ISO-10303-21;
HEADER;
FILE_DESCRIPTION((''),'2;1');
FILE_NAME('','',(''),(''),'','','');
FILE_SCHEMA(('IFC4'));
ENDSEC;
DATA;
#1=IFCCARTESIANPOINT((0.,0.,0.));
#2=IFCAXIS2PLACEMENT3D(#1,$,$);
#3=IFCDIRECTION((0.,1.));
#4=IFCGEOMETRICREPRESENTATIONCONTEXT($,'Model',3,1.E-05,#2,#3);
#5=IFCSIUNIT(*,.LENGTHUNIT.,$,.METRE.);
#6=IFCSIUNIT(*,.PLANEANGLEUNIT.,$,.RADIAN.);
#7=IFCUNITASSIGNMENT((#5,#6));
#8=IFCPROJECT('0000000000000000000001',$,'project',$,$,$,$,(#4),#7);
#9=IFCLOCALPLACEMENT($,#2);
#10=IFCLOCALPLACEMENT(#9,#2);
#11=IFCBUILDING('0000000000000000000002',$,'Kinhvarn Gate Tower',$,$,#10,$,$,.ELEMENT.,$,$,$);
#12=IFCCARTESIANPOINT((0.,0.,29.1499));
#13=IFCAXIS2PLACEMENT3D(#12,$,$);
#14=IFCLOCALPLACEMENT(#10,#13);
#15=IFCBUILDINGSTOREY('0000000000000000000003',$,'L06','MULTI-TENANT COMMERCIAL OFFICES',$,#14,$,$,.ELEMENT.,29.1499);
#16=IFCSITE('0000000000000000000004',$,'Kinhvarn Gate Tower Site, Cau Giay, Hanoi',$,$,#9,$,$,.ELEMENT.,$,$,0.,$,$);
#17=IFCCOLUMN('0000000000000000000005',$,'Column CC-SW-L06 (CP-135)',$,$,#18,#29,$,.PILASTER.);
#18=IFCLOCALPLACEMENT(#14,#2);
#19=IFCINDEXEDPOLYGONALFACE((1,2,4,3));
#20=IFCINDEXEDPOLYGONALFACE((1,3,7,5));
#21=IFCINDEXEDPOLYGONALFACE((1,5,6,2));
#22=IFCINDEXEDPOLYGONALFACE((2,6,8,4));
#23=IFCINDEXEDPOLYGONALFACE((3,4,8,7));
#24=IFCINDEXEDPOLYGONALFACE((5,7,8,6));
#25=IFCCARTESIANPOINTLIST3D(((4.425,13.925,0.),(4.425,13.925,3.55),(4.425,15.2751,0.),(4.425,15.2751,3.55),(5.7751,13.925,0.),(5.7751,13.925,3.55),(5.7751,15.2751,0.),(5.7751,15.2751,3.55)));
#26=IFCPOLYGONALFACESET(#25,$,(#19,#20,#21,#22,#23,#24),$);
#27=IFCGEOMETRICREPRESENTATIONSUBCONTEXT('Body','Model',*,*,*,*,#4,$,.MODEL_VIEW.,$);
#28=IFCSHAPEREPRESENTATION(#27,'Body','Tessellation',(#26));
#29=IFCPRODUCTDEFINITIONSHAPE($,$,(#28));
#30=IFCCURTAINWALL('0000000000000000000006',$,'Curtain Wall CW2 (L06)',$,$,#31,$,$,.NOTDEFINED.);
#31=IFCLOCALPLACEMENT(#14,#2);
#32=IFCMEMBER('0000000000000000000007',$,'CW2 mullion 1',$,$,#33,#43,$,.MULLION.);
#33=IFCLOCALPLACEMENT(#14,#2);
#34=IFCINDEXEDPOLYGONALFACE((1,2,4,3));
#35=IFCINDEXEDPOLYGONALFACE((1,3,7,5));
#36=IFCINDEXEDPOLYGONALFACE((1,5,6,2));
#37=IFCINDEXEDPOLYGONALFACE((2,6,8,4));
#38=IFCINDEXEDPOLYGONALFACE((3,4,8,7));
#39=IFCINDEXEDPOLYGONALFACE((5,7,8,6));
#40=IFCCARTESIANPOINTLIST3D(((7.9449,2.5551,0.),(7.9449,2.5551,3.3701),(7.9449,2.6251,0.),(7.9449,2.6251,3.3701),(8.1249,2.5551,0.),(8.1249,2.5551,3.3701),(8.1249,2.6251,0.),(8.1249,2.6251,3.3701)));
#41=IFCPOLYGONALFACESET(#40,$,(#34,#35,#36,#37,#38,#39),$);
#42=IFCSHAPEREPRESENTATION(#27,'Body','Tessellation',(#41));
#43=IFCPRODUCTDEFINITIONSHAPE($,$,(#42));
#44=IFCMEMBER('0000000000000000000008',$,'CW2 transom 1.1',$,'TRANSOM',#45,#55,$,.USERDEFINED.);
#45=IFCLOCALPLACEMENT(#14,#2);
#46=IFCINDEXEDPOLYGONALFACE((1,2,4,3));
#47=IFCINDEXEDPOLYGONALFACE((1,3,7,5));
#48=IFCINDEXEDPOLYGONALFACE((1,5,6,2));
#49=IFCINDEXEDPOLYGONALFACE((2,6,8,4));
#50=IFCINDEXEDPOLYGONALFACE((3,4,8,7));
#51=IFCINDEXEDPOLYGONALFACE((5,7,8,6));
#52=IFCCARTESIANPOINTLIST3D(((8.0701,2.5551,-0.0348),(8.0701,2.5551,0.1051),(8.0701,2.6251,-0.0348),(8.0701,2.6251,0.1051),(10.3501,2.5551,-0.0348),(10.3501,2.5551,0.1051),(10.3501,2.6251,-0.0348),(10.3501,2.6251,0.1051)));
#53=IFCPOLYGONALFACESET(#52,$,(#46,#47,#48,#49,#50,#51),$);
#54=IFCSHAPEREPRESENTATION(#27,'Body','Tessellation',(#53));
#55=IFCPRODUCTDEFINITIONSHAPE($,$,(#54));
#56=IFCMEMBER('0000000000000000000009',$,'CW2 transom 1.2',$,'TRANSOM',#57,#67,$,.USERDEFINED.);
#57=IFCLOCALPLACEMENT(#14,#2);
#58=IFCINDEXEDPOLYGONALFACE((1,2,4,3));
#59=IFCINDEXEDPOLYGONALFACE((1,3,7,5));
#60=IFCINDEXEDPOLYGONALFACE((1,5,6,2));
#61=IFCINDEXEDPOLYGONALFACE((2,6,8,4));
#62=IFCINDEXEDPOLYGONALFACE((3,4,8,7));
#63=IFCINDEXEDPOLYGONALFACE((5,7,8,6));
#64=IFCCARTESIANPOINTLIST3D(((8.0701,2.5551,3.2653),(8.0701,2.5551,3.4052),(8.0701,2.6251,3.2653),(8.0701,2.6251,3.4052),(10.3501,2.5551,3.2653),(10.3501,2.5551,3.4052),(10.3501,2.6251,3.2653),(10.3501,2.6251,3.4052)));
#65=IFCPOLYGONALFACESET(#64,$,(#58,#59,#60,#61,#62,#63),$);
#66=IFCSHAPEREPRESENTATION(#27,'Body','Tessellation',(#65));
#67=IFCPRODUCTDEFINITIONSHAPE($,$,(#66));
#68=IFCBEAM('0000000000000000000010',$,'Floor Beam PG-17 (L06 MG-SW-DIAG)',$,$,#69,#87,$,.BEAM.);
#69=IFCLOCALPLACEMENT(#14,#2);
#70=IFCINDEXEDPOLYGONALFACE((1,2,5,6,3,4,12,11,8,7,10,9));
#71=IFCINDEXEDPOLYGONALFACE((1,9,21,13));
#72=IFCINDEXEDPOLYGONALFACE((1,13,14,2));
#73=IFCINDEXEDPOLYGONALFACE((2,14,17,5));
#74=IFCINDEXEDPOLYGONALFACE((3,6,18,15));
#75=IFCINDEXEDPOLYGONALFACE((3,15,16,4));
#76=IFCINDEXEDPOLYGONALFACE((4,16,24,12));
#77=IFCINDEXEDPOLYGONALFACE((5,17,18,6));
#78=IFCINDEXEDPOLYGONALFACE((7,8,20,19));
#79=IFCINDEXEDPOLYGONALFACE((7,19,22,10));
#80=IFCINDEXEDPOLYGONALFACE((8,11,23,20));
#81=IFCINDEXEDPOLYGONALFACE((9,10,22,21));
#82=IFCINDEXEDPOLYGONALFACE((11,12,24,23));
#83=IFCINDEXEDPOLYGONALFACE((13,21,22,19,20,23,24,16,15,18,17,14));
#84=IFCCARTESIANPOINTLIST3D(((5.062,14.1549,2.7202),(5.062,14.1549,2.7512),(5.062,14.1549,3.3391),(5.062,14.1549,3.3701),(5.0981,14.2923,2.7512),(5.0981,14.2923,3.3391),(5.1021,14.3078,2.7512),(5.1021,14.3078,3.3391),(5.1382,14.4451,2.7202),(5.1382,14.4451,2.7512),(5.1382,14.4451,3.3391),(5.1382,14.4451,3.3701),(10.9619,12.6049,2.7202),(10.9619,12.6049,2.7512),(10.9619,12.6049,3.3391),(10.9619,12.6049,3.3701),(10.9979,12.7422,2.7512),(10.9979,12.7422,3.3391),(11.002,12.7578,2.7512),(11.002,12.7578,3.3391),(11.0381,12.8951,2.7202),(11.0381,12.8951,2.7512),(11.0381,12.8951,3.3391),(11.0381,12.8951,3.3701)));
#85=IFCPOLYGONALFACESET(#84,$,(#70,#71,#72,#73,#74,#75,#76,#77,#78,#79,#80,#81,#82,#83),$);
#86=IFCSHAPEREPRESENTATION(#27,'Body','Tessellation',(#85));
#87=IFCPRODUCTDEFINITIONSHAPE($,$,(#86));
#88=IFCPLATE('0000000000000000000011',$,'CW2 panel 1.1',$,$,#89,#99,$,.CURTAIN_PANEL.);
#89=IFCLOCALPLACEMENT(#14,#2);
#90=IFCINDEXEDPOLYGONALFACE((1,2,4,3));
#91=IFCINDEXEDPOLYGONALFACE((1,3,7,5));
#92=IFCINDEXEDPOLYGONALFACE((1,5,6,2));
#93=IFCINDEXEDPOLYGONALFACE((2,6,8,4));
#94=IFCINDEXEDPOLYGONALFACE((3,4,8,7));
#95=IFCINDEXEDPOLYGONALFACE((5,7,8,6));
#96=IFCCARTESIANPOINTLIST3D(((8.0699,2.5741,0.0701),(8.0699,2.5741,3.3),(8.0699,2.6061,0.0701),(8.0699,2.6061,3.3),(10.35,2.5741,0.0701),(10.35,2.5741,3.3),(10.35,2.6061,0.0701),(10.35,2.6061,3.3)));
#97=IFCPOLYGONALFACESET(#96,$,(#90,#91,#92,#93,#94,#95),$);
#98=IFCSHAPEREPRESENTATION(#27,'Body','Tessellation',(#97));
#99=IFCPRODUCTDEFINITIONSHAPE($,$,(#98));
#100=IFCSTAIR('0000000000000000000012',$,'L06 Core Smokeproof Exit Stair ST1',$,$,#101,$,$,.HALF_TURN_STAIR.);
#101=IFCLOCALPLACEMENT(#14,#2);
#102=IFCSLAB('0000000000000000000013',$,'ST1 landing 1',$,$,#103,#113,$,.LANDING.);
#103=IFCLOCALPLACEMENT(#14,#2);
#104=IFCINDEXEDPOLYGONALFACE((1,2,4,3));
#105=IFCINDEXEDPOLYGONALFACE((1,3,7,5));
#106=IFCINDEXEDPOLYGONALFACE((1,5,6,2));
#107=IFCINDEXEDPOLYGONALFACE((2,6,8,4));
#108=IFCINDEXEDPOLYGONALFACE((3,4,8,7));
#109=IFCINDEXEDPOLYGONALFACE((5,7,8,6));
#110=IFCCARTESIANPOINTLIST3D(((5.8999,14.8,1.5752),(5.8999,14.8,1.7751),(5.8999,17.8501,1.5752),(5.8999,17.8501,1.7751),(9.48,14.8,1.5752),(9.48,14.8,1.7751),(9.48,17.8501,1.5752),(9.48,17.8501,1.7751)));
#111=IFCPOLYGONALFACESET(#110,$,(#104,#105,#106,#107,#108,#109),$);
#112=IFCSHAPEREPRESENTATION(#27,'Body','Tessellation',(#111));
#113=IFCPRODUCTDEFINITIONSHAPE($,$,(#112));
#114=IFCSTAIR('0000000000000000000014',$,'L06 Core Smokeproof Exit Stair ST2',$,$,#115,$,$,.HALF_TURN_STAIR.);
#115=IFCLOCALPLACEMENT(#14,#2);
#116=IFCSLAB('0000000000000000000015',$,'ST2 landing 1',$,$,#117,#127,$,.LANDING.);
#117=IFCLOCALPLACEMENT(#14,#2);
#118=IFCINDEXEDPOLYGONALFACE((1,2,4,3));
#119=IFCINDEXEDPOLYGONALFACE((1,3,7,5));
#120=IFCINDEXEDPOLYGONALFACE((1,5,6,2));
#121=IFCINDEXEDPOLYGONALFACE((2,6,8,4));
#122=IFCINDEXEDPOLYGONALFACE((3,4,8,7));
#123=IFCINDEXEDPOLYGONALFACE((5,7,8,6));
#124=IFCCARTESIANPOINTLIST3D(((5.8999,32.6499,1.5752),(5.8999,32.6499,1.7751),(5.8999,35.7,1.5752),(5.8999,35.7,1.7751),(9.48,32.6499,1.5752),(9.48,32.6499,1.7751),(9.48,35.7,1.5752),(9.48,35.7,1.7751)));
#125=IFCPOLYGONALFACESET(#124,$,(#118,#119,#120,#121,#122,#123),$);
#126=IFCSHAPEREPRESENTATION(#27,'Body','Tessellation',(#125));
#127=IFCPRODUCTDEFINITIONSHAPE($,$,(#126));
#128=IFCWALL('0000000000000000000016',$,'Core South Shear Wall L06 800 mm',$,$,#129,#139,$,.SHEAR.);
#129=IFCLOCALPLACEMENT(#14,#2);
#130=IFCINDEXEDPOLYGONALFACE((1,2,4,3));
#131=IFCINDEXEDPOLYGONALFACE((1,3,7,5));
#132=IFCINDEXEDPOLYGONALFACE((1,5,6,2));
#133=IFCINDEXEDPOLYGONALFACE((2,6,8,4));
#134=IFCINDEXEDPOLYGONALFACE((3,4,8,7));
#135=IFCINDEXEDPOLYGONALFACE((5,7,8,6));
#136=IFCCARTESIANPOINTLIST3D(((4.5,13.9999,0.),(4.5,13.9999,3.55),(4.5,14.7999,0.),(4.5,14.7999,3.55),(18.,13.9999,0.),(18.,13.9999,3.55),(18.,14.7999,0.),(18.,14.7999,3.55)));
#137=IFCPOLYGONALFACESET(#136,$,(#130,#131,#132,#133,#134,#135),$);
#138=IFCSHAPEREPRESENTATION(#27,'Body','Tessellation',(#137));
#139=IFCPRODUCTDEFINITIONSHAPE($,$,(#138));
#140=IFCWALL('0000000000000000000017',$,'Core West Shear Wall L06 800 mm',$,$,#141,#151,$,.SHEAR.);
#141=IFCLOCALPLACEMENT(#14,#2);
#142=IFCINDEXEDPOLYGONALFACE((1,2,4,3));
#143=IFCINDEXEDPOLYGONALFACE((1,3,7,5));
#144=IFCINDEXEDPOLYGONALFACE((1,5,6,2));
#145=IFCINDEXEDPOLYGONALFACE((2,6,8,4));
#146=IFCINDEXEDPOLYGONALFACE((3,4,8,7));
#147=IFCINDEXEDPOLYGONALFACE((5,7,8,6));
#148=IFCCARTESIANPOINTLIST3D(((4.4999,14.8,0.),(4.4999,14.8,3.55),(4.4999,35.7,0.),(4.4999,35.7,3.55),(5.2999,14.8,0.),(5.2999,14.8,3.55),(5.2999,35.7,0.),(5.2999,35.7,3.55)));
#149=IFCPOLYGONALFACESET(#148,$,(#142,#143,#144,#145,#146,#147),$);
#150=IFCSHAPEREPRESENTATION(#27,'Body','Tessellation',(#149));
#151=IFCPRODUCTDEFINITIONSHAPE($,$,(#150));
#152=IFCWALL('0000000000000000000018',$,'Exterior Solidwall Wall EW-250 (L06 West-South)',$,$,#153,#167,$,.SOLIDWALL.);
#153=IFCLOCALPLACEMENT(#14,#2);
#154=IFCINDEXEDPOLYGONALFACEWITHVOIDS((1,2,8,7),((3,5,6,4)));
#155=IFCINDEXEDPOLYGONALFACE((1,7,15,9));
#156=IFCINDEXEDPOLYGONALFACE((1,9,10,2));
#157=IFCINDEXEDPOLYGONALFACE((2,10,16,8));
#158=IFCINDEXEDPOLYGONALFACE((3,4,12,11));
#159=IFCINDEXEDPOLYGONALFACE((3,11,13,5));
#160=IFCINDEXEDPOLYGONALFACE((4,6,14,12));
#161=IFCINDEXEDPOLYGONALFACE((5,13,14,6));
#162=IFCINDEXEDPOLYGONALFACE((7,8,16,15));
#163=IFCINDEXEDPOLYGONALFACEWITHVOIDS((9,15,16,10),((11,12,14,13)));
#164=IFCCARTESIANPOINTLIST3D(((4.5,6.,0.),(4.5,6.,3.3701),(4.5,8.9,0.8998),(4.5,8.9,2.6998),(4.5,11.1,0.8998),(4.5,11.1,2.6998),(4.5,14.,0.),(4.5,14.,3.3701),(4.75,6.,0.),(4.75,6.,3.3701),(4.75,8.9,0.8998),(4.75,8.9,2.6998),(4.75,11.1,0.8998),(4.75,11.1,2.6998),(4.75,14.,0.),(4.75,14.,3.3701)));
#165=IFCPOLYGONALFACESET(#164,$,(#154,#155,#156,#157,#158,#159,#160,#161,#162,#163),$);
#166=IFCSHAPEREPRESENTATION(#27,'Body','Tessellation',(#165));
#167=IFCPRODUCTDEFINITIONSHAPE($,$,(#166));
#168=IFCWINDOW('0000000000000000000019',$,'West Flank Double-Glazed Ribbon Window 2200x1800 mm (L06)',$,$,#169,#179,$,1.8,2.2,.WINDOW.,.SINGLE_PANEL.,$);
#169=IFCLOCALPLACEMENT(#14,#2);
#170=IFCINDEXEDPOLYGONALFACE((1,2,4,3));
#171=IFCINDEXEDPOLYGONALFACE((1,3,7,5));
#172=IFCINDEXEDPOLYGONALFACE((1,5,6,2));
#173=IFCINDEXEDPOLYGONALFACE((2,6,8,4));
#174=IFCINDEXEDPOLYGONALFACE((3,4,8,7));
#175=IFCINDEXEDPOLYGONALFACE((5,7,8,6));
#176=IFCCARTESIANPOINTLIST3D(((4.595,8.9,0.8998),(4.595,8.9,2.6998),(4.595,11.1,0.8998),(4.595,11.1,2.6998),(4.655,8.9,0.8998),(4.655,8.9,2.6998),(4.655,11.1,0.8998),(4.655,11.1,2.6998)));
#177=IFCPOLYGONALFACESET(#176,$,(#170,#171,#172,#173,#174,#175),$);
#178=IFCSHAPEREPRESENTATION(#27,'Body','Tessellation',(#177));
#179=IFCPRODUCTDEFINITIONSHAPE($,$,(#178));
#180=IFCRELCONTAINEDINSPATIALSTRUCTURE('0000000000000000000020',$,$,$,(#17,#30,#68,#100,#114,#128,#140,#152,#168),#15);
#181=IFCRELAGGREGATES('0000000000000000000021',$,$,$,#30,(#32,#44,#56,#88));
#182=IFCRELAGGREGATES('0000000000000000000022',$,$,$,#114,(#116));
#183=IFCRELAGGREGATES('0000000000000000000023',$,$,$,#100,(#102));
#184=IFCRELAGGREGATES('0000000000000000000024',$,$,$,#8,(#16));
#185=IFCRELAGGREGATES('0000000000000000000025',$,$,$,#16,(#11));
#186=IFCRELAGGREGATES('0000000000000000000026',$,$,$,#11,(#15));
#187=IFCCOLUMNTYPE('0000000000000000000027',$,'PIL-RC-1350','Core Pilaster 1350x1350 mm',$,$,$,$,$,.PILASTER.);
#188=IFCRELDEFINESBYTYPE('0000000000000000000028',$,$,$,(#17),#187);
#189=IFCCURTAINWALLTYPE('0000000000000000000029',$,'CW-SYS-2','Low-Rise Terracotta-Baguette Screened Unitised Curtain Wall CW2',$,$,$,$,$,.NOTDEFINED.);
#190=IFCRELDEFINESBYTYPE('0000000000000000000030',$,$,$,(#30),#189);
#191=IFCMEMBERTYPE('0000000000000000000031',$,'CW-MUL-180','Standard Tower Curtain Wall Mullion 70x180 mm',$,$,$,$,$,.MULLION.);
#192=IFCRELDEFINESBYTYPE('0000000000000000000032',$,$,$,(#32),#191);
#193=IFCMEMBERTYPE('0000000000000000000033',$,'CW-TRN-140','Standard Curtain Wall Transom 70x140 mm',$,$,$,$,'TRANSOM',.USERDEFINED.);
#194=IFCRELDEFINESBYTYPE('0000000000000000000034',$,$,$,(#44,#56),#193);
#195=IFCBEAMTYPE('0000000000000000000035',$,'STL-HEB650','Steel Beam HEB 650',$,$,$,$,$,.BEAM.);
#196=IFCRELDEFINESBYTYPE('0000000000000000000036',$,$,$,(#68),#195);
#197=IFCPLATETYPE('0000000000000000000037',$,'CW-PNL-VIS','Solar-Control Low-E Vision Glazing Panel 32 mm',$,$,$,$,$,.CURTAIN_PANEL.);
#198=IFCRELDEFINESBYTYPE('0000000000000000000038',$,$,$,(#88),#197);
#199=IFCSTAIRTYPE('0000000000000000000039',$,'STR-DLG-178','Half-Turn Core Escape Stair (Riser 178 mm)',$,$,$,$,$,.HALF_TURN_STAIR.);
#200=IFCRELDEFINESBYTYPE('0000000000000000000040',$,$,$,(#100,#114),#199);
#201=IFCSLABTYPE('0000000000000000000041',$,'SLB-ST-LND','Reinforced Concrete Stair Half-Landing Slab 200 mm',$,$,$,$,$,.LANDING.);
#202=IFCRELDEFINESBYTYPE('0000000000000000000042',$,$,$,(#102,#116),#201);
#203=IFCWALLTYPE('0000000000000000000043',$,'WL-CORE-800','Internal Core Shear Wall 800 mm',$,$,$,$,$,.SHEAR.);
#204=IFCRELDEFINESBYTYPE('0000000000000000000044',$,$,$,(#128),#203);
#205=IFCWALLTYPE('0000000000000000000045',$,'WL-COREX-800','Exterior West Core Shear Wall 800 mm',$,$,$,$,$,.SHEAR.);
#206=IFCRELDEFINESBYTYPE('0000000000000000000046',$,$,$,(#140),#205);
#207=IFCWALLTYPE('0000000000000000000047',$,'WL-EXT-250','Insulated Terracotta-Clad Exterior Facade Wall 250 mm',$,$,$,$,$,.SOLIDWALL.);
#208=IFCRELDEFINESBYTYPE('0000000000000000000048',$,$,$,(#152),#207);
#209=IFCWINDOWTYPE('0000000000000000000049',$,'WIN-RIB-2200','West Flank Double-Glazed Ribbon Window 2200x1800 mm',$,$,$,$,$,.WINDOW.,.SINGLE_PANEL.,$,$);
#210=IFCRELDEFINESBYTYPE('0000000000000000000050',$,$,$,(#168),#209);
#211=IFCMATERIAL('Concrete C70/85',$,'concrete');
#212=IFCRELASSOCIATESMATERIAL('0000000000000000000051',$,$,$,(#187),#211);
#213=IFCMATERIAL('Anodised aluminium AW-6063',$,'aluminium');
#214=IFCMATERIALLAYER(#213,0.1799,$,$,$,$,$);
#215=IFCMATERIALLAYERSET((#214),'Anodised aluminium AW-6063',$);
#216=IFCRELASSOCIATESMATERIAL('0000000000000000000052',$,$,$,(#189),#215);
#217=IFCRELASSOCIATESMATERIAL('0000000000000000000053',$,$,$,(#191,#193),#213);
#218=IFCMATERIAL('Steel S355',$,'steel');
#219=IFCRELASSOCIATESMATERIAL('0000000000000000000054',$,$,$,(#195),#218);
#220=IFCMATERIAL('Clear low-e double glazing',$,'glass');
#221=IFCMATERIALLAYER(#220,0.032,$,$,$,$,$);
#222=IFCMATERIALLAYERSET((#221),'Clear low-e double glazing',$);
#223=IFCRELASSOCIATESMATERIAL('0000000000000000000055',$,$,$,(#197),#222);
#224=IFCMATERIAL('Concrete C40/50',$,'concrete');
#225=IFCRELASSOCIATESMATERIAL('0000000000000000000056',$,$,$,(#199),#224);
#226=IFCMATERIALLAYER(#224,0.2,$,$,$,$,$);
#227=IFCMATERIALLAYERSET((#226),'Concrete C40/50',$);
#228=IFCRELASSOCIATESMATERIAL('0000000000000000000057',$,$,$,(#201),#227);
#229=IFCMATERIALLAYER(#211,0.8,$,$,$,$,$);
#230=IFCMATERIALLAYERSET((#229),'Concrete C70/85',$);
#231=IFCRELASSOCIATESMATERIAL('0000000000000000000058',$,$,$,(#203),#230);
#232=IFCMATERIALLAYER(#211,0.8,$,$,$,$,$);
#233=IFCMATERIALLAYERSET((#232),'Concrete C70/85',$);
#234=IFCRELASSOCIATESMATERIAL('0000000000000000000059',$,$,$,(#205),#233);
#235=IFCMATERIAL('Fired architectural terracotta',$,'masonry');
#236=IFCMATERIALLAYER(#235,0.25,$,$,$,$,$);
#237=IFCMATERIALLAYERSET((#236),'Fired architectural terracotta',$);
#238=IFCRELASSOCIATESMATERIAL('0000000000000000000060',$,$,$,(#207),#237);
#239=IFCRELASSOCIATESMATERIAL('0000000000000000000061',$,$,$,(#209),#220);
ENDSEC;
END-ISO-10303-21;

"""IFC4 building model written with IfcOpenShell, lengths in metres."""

from ifc_helpers import new_model, si_unit, direction, frame, frame_2d, origin, origin_2d, place, context, subcontext, project, spatial, polyline, rectangle, i_section, outline, extrude, material, layer, layer_set, material_profile, profile_set, type_object, element, fill, aggregate, save


model = new_model("IFC4")

# Units and contexts
model_context = context("Model", 3, precision=1e-05, world=origin(), true_north=direction((0.0, 1.0)))
body_context = subcontext(model_context, "Body", "Model", "MODEL_VIEW")
ifc_project = project(units=[si_unit("LENGTHUNIT", "METRE"), si_unit("PLANEANGLEUNIT", "RADIAN")], contexts=[model_context])

# Site, building, storey
site_placement = place(None, origin())
site = spatial("IfcSite", under=ifc_project, at=site_placement, Name="Kinhvarn Gate Tower Site, Cau Giay, Hanoi", CompositionType="ELEMENT", RefElevation=0.0)
building_placement = place(site_placement, origin())
building = spatial("IfcBuilding", under=site, at=building_placement, Name="Kinhvarn Gate Tower", CompositionType="ELEMENT")
storey_placement = place(building_placement, frame((0.0, 0.0, 29.1499)))
storey = spatial("IfcBuildingStorey", under=building, at=storey_placement, Name="L06", Description="MULTI-TENANT COMMERCIAL OFFICES", CompositionType="ELEMENT", Elevation=29.1499)

# Column
ifc_material_1 = material(Name="Concrete C70/85", Category="concrete")
ifc_material_profile_1 = material_profile(ifc_material_1, rectangle(XDim=1.3501, YDim=1.3501, at=origin_2d()), Name="RC 1350x1350")
ifc_profile_set_1 = profile_set([ifc_material_profile_1], Name="Concrete C70/85")
column_type = type_object("IfcColumnType", Name="PIL-RC-1350", Description="Core Pilaster 1350x1350 mm", PredefinedType="PILASTER", material=ifc_profile_set_1)
column_placement = place(storey_placement, frame((5.1001, 14.6001, 0.0), z_axis=(0.0, 0.0, 1.0), x_axis=(1.0, 0.0, 0.0)))
element("IfcColumn", 1, at=column_placement, inside=storey, type_object=column_type, Name="Column CC-SW-L06 (CP-135)", PredefinedType="PILASTER", context=body_context, shape_type="SweptSolid", body=[
    extrude(rectangle(XDim=1.3501, YDim=1.3501, at=origin_2d()), origin(), (0.0, 0.0, 1.0), 3.55),
])

# Curtain wall, members
ifc_material_2 = material(Name="Anodised aluminium AW-6063", Category="aluminium")
ifc_layer_1 = layer(ifc_material_2, 0.1799)
ifc_layer_set_1 = layer_set([ifc_layer_1], Name="Anodised aluminium AW-6063")
curtain_wall_type = type_object("IfcCurtainWallType", Name="CW-SYS-2", Description="Low-Rise Terracotta-Baguette Screened Unitised Curtain Wall CW2", PredefinedType="NOTDEFINED", material=ifc_layer_set_1)
curtain_wall_placement = place(storey_placement, origin())
curtain_wall = element("IfcCurtainWall", 2, at=curtain_wall_placement, inside=storey, type_object=curtain_wall_type, Name="Curtain Wall CW2 (L06)", PredefinedType="NOTDEFINED")
ifc_material_profile_2 = material_profile(ifc_material_2, rectangle(XDim=0.0701, YDim=0.1799, at=origin_2d()), Name="ALU 70x180")
ifc_profile_set_2 = profile_set([ifc_material_profile_2], Name="Anodised aluminium AW-6063")
member_type_1 = type_object("IfcMemberType", Name="CW-MUL-180", Description="Standard Tower Curtain Wall Mullion 70x180 mm", PredefinedType="MULLION", material=ifc_profile_set_2)
member_1_placement = place(storey_placement, frame((8.0349, 2.5901, 0.0), z_axis=(0.0, 0.0, 1.0), x_axis=(0.0, 1.0, 0.0)))
member_1 = element("IfcMember", 3, at=member_1_placement, type_object=member_type_1, Name="CW2 mullion 1", PredefinedType="MULLION", context=body_context, shape_type="SweptSolid", body=[
    extrude(rectangle(XDim=0.0701, YDim=0.1799, at=origin_2d()), origin(), (0.0, 0.0, 1.0), 3.3701),
])
ifc_material_profile_3 = material_profile(ifc_material_2, rectangle(XDim=0.0701, YDim=0.1399, at=origin_2d()), Name="ALU 70x140")
ifc_profile_set_3 = profile_set([ifc_material_profile_3], Name="Anodised aluminium AW-6063")
member_type_2 = type_object("IfcMemberType", Name="CW-TRN-140", Description="Standard Curtain Wall Transom 70x140 mm", ElementType="TRANSOM", PredefinedType="USERDEFINED", material=ifc_profile_set_3)
member_2_placement = place(storey_placement, frame((8.0701, 2.5901, 0.0352), z_axis=(1.0, 0.0, 0.0), x_axis=(0.0, 1.0, 0.0)))
member_2 = element("IfcMember", 4, at=member_2_placement, type_object=member_type_2, Name="CW2 transom 1.1", ObjectType="TRANSOM", PredefinedType="USERDEFINED", context=body_context, shape_type="SweptSolid", body=[
    extrude(rectangle(XDim=0.0701, YDim=0.1399, at=origin_2d()), origin(), (0.0, 0.0, 1.0), 2.28),
])
member_3_placement = place(storey_placement, frame((8.0701, 2.5901, 3.3352), z_axis=(1.0, 0.0, 0.0), x_axis=(0.0, 1.0, 0.0)))
member_3 = element("IfcMember", 5, at=member_3_placement, type_object=member_type_2, Name="CW2 transom 1.2", ObjectType="TRANSOM", PredefinedType="USERDEFINED", context=body_context, shape_type="SweptSolid", body=[
    extrude(rectangle(XDim=0.0701, YDim=0.1399, at=origin_2d()), origin(), (0.0, 0.0, 1.0), 2.28),
])

# Beam
ifc_material_3 = material(Name="Steel S355", Category="steel")
ifc_material_profile_4 = material_profile(ifc_material_3, i_section(OverallWidth=0.3, OverallDepth=0.6499, WebThickness=0.0161, FlangeThickness=0.031, at=origin_2d()), Name="HEB 650")
ifc_profile_set_4 = profile_set([ifc_material_profile_4], Name="Steel S355")
beam_type = type_object("IfcBeamType", Name="STL-HEB650", Description="Steel Beam HEB 650", PredefinedType="BEAM", material=ifc_profile_set_4)
beam_placement = place(storey_placement, frame((5.1001, 14.3, 3.0452), z_axis=(0.967178, -0.254101, 0.0), x_axis=(0.254101, 0.967178, 0.0)))
element("IfcBeam", 6, at=beam_placement, inside=storey, type_object=beam_type, Name="Floor Beam PG-17 (L06 MG-SW-DIAG)", PredefinedType="BEAM", context=body_context, shape_type="SweptSolid", body=[
    extrude(i_section(OverallWidth=0.3, OverallDepth=0.6499, WebThickness=0.0161, FlangeThickness=0.031, at=origin_2d()), origin(), (0.0, 0.0, 1.0), 6.1001),
])

# Plate
ifc_material_4 = material(Name="Clear low-e double glazing", Category="glass")
ifc_layer_2 = layer(ifc_material_4, 0.032)
ifc_layer_set_2 = layer_set([ifc_layer_2], Name="Clear low-e double glazing")
plate_type = type_object("IfcPlateType", Name="CW-PNL-VIS", Description="Solar-Control Low-E Vision Glazing Panel 32 mm", PredefinedType="CURTAIN_PANEL", material=ifc_layer_set_2)
plate_placement = place(storey_placement, frame((9.21, 2.5901, 0.0701), z_axis=(0.0, 0.0, 1.0), x_axis=(1.0, 0.0, 0.0)))
plate = element("IfcPlate", 7, at=plate_placement, type_object=plate_type, Name="CW2 panel 1.1", PredefinedType="CURTAIN_PANEL", context=body_context, shape_type="SweptSolid", body=[
    extrude(rectangle(XDim=2.28, YDim=0.032, at=origin_2d()), origin(), (0.0, 0.0, 1.0), 3.23),
])
aggregate(curtain_wall, [member_1, member_2, member_3, plate])

# Stairs, slabs
ifc_material_5 = material(Name="Concrete C40/50", Category="concrete")
stair_type = type_object("IfcStairType", Name="STR-DLG-178", Description="Half-Turn Core Escape Stair (Riser 178 mm)", PredefinedType="HALF_TURN_STAIR", material=ifc_material_5)
stair_1_placement = place(storey_placement, origin())
stair_1 = element("IfcStair", 8, at=stair_1_placement, inside=storey, type_object=stair_type, Name="L06 Core Smokeproof Exit Stair ST1", PredefinedType="HALF_TURN_STAIR")
ifc_layer_3 = layer(ifc_material_5, 0.2)
ifc_layer_set_3 = layer_set([ifc_layer_3], Name="Concrete C40/50")
slab_type = type_object("IfcSlabType", Name="SLB-ST-LND", Description="Reinforced Concrete Stair Half-Landing Slab 200 mm", PredefinedType="LANDING", material=ifc_layer_set_3)
slab_1_placement = place(storey_placement, frame((0.0, 0.0, 1.5752)))
slab_1 = element("IfcSlab", 9, at=slab_1_placement, type_object=slab_type, Name="ST1 landing 1", PredefinedType="LANDING", context=body_context, shape_type="SweptSolid", body=[
    extrude(outline(polyline([(9.48, 17.8501), (5.8999, 17.8501), (5.8999, 14.8), (9.48, 14.8), (9.48, 17.8501)])), origin(), (0.0, 0.0, 1.0), 0.2),
])
stair_2_placement = place(storey_placement, origin())
stair_2 = element("IfcStair", 10, at=stair_2_placement, inside=storey, type_object=stair_type, Name="L06 Core Smokeproof Exit Stair ST2", PredefinedType="HALF_TURN_STAIR")
slab_2_placement = place(storey_placement, frame((0.0, 0.0, 1.5752)))
slab_2 = element("IfcSlab", 11, at=slab_2_placement, type_object=slab_type, Name="ST2 landing 1", PredefinedType="LANDING", context=body_context, shape_type="SweptSolid", body=[
    extrude(outline(polyline([(9.48, 35.7), (5.8999, 35.7), (5.8999, 32.6499), (9.48, 32.6499), (9.48, 35.7)])), origin(), (0.0, 0.0, 1.0), 0.2),
])
aggregate(stair_2, [slab_2])

# Walls
ifc_layer_4 = layer(ifc_material_1, 0.8)
ifc_layer_set_4 = layer_set([ifc_layer_4], Name="Concrete C70/85")
wall_type_1 = type_object("IfcWallType", Name="WL-CORE-800", Description="Internal Core Shear Wall 800 mm", PredefinedType="SHEAR", material=ifc_layer_set_4)
wall_1_placement = place(storey_placement, frame((4.5, 14.3999, 0.0), z_axis=(0.0, 0.0, 1.0), x_axis=(1.0, 0.0, 0.0)))
element("IfcWall", 12, at=wall_1_placement, inside=storey, type_object=wall_type_1, Name="Core South Shear Wall L06 800 mm", PredefinedType="SHEAR", context=body_context, shape_type="SweptSolid", body=[
    extrude(rectangle(XDim=13.5, YDim=0.8, at=frame_2d((6.75, 0.0))), origin(), (0.0, 0.0, 1.0), 3.55),
])
ifc_layer_5 = layer(ifc_material_1, 0.8)
ifc_layer_set_5 = layer_set([ifc_layer_5], Name="Concrete C70/85")
wall_type_2 = type_object("IfcWallType", Name="WL-COREX-800", Description="Exterior West Core Shear Wall 800 mm", PredefinedType="SHEAR", material=ifc_layer_set_5)
wall_2_placement = place(storey_placement, frame((4.8999, 14.8, 0.0), z_axis=(0.0, 0.0, 1.0), x_axis=(0.0, 1.0, 0.0)))
element("IfcWall", 13, at=wall_2_placement, inside=storey, type_object=wall_type_2, Name="Core West Shear Wall L06 800 mm", PredefinedType="SHEAR", context=body_context, shape_type="SweptSolid", body=[
    extrude(rectangle(XDim=20.8999, YDim=0.8, at=frame_2d((10.45, 0.0))), origin(), (0.0, 0.0, 1.0), 3.55),
])

# Wall, opening, window
ifc_material_6 = material(Name="Fired architectural terracotta", Category="masonry")
ifc_layer_6 = layer(ifc_material_6, 0.25)
ifc_layer_set_6 = layer_set([ifc_layer_6], Name="Fired architectural terracotta")
wall_type_3 = type_object("IfcWallType", Name="WL-EXT-250", Description="Insulated Terracotta-Clad Exterior Facade Wall 250 mm", PredefinedType="SOLIDWALL", material=ifc_layer_set_6)
wall_3_placement = place(storey_placement, frame((4.625, 14.0, 0.0), z_axis=(0.0, 0.0, 1.0), x_axis=(0.0, -1.0, 0.0)))
wall_3 = element("IfcWall", 14, at=wall_3_placement, inside=storey, type_object=wall_type_3, Name="Exterior Solidwall Wall EW-250 (L06 West-South)", PredefinedType="SOLIDWALL", context=body_context, shape_type="SweptSolid", body=[
    extrude(rectangle(XDim=8.0, YDim=0.25, at=frame_2d((4.0, 0.0))), origin(), (0.0, 0.0, 1.0), 3.3701),
])
opening_1_placement = place(wall_3_placement, frame((2.8999, 0.0, 0.8999)))
opening_1 = element("IfcOpeningElement", 15, at=opening_1_placement, cuts=wall_3, PredefinedType="OPENING", context=body_context, shape_type="SweptSolid", body=[
    extrude(rectangle(XDim=2.2, YDim=1.8, at=frame_2d((1.1001, 0.8999))), frame((0.0, 0.135, 0.0), z_axis=(0.0, -1.0, 0.0), x_axis=(1.0, 0.0, 0.0)), (0.0, 0.0, 1.0), 0.27),
])
window_type_1 = type_object("IfcWindowType", Name="WIN-RIB-2200", Description="West Flank Double-Glazed Ribbon Window 2200x1800 mm", PartitioningType="SINGLE_PANEL", PredefinedType="WINDOW", material=ifc_material_4)
window_1_placement = place(opening_1_placement, origin())
window_1 = element("IfcWindow", 16, at=window_1_placement, inside=storey, type_object=window_type_1, Name="West Flank Double-Glazed Ribbon Window 2200x1800 mm (L06)", OverallHeight=1.8, OverallWidth=2.2, PartitioningType="SINGLE_PANEL", PredefinedType="WINDOW", context=body_context, shape_type="SweptSolid", body=[
    extrude(rectangle(XDim=2.2, YDim=1.8, at=frame_2d((1.1001, 0.8999))), frame((0.0, 0.03, 0.0), z_axis=(0.0, -1.0, 0.0), x_axis=(1.0, 0.0, 0.0)), (0.0, 0.0, 1.0), 0.0601),
])
fill(opening_1, window_1)

aggregate(stair_1, [slab_1])

save(model, "model.ifc")
